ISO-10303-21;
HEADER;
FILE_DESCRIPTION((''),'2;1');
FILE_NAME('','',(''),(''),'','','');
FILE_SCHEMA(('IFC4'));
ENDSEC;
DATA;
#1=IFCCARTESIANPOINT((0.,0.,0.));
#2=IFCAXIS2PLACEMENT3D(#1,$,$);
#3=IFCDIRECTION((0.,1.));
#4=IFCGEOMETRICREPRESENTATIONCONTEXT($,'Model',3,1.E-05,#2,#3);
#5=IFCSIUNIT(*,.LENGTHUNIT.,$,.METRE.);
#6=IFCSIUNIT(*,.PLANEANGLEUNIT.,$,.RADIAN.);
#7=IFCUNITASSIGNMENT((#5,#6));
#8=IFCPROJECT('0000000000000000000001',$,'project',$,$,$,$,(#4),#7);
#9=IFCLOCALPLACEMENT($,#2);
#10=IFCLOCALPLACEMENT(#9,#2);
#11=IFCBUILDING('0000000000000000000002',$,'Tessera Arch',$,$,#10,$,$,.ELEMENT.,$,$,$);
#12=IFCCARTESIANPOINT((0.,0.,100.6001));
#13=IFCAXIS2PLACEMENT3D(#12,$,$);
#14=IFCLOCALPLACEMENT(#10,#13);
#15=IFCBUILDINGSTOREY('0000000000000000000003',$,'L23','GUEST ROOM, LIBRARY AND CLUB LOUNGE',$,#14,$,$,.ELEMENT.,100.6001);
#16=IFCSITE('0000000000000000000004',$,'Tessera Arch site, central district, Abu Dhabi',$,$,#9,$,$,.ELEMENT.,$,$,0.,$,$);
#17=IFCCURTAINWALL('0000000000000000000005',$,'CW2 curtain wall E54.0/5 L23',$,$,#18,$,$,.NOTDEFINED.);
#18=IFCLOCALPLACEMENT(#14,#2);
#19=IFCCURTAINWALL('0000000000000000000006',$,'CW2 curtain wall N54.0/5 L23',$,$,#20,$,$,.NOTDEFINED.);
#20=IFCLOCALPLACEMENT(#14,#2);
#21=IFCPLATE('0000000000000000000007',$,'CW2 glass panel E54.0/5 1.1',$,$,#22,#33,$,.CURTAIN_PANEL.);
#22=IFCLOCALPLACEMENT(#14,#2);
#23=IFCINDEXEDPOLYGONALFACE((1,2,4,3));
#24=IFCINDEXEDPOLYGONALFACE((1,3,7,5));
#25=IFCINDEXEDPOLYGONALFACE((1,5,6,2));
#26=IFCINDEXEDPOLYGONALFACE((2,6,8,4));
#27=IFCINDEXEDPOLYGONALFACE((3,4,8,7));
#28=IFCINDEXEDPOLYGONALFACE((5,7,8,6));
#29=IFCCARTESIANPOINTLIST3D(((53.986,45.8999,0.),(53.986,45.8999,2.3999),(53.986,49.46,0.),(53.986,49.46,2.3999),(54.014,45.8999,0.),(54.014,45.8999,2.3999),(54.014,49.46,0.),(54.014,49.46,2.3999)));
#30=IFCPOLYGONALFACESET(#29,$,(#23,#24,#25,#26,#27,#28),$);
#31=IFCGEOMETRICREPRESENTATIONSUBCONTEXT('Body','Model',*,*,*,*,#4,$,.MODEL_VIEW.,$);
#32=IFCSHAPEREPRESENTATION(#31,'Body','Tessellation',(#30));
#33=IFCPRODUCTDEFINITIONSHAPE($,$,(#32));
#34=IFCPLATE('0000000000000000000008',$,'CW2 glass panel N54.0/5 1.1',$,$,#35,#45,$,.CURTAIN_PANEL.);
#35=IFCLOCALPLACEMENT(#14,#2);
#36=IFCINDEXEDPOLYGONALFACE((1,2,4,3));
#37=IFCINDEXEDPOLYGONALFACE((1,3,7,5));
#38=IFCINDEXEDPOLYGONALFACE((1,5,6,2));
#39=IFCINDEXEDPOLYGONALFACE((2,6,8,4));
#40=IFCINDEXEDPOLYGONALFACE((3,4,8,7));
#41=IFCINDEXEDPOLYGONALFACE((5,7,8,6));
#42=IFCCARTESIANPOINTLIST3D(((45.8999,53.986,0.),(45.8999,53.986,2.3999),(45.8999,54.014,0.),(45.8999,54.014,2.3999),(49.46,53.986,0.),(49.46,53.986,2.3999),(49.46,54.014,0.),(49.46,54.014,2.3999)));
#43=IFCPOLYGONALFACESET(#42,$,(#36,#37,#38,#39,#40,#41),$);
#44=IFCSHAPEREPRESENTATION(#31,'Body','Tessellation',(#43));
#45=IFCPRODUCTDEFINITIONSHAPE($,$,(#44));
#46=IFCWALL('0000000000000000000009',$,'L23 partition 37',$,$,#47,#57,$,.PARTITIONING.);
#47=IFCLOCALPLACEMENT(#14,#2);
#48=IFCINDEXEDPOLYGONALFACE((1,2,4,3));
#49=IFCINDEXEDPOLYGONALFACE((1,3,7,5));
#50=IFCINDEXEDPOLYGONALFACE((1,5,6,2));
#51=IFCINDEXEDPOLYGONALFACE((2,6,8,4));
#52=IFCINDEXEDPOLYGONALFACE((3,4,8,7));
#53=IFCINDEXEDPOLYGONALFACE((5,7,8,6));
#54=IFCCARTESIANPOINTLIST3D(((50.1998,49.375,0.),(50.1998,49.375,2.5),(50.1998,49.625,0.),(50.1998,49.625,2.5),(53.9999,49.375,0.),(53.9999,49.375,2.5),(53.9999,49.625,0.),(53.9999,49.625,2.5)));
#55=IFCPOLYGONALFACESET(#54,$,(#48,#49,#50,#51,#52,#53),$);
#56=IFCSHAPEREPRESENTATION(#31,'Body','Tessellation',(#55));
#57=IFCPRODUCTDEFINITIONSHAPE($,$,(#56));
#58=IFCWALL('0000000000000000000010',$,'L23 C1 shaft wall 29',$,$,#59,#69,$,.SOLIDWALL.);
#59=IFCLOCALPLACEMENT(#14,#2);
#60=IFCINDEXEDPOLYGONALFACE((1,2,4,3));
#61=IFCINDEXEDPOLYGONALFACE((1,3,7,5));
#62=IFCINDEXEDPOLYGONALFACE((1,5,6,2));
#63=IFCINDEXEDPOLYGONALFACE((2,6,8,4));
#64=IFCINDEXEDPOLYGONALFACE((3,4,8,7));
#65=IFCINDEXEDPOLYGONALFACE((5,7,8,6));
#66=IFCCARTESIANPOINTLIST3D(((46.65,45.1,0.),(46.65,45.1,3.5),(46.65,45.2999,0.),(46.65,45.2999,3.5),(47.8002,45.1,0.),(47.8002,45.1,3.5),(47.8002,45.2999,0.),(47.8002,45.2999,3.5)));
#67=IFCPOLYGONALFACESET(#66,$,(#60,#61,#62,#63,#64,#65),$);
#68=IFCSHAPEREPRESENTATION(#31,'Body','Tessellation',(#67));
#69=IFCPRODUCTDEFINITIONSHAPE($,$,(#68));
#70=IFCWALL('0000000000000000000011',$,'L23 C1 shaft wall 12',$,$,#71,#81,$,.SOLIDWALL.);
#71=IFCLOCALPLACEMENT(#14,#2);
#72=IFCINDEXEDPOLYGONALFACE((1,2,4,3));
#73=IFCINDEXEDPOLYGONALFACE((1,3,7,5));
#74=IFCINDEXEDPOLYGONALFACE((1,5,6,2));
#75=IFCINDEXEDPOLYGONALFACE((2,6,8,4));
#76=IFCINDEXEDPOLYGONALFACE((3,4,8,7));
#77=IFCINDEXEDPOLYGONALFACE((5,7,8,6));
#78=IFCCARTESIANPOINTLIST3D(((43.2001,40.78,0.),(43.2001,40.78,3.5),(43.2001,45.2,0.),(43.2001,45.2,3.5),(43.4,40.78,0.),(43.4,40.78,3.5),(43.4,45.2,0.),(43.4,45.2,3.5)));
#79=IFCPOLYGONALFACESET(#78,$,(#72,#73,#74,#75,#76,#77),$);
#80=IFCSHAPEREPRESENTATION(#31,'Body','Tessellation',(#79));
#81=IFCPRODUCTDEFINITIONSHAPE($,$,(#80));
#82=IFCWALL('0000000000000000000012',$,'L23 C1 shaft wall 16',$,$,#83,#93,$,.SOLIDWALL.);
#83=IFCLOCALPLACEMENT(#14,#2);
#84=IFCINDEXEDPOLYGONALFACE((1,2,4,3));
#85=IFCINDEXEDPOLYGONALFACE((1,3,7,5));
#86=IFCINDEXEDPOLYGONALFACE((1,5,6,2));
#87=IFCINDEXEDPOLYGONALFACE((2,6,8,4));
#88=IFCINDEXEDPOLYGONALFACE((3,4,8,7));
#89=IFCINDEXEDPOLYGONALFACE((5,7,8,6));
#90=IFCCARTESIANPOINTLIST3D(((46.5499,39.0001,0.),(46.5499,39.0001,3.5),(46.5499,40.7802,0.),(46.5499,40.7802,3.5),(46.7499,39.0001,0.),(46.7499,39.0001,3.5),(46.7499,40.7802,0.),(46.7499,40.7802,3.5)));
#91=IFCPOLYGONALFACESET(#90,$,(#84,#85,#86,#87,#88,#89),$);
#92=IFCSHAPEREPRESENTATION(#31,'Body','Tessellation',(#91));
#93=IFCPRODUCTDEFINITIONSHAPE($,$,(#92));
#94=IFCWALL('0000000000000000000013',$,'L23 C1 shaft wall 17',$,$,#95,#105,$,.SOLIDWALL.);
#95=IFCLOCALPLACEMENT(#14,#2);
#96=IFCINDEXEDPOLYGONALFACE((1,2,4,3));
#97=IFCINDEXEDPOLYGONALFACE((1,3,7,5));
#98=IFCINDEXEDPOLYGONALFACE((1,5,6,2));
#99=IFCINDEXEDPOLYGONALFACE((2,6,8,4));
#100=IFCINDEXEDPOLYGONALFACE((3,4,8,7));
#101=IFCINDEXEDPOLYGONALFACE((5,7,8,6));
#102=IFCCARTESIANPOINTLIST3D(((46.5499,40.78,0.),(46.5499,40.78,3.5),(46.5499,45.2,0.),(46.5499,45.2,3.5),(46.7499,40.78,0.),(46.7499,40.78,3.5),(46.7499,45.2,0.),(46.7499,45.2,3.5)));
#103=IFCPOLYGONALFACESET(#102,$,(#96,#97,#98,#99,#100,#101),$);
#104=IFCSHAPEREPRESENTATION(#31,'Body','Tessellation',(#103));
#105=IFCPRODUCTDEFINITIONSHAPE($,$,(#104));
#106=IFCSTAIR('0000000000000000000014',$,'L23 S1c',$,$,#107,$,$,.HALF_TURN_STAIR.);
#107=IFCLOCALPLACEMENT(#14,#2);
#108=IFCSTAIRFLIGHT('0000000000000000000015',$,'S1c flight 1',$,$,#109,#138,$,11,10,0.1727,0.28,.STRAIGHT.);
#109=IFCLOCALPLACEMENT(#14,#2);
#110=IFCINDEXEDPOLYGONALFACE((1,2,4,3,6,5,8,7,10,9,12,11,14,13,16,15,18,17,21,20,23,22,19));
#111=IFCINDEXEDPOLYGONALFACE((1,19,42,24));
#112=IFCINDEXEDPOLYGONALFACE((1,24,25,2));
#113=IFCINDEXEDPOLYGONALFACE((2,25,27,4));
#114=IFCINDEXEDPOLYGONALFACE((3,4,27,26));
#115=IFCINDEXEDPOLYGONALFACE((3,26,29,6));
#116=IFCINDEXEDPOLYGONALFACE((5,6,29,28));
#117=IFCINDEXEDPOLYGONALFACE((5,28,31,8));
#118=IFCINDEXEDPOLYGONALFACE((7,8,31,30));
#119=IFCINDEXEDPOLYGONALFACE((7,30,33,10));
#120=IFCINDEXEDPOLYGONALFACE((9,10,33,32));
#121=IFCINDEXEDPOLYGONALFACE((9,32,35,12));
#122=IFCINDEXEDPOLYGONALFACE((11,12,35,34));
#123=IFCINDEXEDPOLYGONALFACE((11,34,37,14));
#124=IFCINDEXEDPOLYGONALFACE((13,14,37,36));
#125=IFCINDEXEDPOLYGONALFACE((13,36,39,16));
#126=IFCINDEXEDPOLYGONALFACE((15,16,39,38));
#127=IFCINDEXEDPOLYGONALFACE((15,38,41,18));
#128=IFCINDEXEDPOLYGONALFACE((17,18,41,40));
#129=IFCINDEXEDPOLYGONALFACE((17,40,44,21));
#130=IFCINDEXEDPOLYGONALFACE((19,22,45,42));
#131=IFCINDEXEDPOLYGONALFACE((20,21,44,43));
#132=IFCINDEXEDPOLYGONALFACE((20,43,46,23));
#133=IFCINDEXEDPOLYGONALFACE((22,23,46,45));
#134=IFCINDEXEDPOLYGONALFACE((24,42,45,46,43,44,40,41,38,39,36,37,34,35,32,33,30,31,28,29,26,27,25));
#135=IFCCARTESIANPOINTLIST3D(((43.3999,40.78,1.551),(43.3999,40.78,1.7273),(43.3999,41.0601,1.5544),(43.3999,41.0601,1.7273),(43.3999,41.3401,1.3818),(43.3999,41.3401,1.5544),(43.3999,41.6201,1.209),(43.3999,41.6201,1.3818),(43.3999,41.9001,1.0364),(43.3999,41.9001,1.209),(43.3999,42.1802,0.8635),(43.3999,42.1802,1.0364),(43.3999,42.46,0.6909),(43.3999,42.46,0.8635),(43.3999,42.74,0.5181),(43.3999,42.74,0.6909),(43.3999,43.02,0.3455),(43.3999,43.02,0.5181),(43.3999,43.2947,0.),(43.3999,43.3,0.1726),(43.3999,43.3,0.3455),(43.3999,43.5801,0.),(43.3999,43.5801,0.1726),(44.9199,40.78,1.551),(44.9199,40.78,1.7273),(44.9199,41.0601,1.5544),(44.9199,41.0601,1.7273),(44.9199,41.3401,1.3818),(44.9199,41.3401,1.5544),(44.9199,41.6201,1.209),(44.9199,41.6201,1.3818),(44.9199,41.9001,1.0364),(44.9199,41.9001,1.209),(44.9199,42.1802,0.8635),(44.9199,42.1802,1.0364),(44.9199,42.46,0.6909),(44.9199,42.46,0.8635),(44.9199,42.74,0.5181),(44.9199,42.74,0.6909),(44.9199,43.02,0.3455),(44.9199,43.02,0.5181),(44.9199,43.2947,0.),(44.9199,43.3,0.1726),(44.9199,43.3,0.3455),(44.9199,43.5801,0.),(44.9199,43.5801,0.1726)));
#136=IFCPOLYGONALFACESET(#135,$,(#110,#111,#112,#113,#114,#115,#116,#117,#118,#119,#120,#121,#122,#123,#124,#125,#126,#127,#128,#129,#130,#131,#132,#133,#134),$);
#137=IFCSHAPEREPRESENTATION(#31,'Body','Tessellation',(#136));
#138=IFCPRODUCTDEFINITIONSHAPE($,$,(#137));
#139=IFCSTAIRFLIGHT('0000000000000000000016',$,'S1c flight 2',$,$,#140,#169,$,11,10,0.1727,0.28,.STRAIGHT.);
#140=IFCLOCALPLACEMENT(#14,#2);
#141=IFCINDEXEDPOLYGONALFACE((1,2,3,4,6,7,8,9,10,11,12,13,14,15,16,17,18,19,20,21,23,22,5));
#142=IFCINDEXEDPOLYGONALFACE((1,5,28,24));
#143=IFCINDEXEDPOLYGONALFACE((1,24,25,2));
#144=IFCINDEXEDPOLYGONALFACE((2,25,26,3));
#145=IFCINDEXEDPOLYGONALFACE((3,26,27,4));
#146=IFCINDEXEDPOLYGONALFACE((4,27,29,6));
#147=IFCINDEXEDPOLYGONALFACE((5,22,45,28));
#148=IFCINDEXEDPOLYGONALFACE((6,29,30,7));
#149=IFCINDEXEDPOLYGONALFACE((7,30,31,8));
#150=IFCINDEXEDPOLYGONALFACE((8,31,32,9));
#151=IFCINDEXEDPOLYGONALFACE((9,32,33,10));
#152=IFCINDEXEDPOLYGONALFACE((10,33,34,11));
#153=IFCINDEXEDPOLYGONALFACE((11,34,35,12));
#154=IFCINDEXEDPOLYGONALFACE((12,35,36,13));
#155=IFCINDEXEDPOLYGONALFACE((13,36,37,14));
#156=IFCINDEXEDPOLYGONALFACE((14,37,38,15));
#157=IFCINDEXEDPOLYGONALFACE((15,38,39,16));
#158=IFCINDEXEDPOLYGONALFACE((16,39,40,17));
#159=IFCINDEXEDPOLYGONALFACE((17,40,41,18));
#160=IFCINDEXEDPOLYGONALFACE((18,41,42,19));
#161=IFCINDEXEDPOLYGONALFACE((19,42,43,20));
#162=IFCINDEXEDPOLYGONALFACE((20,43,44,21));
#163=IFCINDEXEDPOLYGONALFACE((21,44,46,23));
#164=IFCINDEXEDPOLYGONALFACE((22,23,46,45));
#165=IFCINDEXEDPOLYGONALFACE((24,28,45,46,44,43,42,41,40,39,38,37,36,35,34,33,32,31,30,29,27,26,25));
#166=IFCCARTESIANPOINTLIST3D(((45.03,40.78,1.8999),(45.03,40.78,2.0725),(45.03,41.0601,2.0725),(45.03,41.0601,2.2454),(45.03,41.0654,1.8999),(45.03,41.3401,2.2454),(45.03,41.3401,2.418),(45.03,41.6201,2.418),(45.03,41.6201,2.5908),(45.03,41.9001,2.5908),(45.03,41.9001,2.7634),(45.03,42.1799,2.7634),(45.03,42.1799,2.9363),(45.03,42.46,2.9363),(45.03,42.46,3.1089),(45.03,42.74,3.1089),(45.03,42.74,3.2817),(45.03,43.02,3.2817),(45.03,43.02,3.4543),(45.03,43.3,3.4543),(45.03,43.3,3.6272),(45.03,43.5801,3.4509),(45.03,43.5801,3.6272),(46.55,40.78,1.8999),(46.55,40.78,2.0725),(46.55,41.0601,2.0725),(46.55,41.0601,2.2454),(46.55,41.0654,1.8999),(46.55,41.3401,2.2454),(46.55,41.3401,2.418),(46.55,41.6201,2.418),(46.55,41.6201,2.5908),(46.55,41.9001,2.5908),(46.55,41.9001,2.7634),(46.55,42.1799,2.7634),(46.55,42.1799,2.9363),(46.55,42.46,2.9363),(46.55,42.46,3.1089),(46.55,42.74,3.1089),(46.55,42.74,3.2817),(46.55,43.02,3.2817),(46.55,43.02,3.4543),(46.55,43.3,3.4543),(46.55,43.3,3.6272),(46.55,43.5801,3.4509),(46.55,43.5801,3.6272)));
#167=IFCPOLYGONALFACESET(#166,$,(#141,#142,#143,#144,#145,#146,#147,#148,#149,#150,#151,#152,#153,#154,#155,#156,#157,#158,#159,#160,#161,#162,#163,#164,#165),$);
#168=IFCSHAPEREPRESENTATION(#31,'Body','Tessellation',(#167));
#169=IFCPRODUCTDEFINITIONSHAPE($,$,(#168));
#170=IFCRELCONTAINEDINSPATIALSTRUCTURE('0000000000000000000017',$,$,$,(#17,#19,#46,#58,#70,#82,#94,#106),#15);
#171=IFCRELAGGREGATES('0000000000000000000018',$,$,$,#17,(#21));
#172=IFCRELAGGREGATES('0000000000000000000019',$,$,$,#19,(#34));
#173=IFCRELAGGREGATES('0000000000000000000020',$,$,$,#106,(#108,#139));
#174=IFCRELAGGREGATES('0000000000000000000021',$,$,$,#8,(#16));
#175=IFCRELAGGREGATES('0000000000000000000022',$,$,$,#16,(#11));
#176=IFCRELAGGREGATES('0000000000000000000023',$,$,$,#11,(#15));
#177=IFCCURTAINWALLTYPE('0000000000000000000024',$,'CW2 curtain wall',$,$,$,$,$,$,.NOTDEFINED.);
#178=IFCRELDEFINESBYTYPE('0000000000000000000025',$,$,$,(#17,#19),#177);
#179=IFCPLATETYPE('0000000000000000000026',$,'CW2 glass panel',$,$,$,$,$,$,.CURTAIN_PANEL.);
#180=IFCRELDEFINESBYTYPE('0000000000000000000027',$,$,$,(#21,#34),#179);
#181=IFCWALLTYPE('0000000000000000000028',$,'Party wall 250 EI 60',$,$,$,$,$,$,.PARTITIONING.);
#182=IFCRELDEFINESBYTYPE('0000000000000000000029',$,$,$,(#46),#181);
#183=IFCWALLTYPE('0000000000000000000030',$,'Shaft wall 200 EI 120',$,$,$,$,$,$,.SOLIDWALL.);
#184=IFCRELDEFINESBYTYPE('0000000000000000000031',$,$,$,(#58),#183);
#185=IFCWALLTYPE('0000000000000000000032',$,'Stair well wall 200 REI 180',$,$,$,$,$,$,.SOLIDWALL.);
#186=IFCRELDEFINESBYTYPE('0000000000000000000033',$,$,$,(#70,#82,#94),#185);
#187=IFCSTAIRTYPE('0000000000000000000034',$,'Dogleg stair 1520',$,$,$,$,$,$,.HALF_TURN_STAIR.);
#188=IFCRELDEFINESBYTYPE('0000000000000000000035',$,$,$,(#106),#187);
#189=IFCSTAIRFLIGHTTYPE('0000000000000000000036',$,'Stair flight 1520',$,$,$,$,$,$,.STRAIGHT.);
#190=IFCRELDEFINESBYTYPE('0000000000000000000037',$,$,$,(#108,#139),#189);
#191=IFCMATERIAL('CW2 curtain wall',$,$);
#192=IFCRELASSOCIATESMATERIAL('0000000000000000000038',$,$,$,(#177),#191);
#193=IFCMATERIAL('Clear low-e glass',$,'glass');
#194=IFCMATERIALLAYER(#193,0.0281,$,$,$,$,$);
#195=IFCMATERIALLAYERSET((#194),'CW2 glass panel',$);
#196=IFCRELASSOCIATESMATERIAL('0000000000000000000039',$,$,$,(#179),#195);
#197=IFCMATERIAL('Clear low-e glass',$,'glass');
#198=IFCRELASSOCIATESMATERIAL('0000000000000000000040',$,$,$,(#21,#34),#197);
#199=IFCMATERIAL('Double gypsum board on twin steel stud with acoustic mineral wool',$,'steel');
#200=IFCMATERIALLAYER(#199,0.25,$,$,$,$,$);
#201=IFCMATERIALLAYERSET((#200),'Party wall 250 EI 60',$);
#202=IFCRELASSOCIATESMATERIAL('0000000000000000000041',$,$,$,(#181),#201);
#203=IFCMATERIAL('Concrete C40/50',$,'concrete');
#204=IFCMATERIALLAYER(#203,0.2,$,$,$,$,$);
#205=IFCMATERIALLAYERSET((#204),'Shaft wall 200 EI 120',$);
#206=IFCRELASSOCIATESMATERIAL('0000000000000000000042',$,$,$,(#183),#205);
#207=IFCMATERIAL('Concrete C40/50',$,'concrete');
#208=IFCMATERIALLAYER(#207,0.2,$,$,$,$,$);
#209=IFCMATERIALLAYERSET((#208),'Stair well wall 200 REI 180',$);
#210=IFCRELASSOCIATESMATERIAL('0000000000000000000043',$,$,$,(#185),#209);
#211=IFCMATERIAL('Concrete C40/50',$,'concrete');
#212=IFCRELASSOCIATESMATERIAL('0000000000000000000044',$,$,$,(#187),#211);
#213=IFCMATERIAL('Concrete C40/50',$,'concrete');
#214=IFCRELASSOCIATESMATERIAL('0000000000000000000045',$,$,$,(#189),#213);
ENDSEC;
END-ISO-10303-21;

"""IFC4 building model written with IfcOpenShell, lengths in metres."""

from ifc_helpers import new_model, si_unit, direction, frame, frame_2d, origin, origin_2d, place, context, subcontext, project, spatial, polyline, rectangle, outline, extrude, material, layer, layer_set, type_object, element, aggregate, save


model = new_model("IFC4")

# Units and contexts
model_context = context("Model", 3, precision=1e-05, world=origin(), true_north=direction((0.0, 1.0)))
body_context = subcontext(model_context, "Body", "Model", "MODEL_VIEW")
ifc_project = project(units=[si_unit("LENGTHUNIT", "METRE"), si_unit("PLANEANGLEUNIT", "RADIAN")], contexts=[model_context])

# Site, building, storey
site_placement = place(None, origin())
site = spatial("IfcSite", under=ifc_project, at=site_placement, Name="Tessera Arch site, central district, Abu Dhabi", CompositionType="ELEMENT", RefElevation=0.0)
building_placement = place(site_placement, origin())
building = spatial("IfcBuilding", under=site, at=building_placement, Name="Tessera Arch", CompositionType="ELEMENT")
storey_placement = place(building_placement, frame((0.0, 0.0, 100.6001)))
storey = spatial("IfcBuildingStorey", under=building, at=storey_placement, Name="L23", Description="GUEST ROOM, LIBRARY AND CLUB LOUNGE", CompositionType="ELEMENT", Elevation=100.6001)

# Curtain walls
ifc_material_1 = material(Name="CW2 curtain wall")
curtain_wall_type_1 = type_object("IfcCurtainWallType", Name="CW2 curtain wall", PredefinedType="NOTDEFINED", material=ifc_material_1)
curtain_wall_1_placement = place(storey_placement, origin())
curtain_wall_1 = element("IfcCurtainWall", 1, at=curtain_wall_1_placement, inside=storey, type_object=curtain_wall_type_1, Name="CW2 curtain wall E54.0/5 L23", PredefinedType="NOTDEFINED")
curtain_wall_2_placement = place(storey_placement, origin())
curtain_wall_2 = element("IfcCurtainWall", 2, at=curtain_wall_2_placement, inside=storey, type_object=curtain_wall_type_1, Name="CW2 curtain wall N54.0/5 L23", PredefinedType="NOTDEFINED")

# Plates
ifc_material_2 = material(Name="Clear low-e glass", Category="glass")
ifc_material_3 = material(Name="Clear low-e glass", Category="glass")
ifc_layer_1 = layer(ifc_material_3, 0.0281)
ifc_layer_set_1 = layer_set([ifc_layer_1], Name="CW2 glass panel")
plate_type_1 = type_object("IfcPlateType", Name="CW2 glass panel", PredefinedType="CURTAIN_PANEL", material=ifc_layer_set_1)
plate_1_placement = place(storey_placement, frame((54.0, 47.6799, 0.0), z_axis=(0.0, 0.0, 1.0), x_axis=(0.0, 1.0, 0.0)))
plate_1 = element("IfcPlate", 3, at=plate_1_placement, type_object=plate_type_1, material=ifc_material_2, Name="CW2 glass panel E54.0/5 1.1", PredefinedType="CURTAIN_PANEL", context=body_context, shape_type="SweptSolid", body=[
    extrude(rectangle(XDim=3.5601, YDim=0.0281, at=origin_2d()), origin(), (0.0, 0.0, 1.0), 2.3999),
])
aggregate(curtain_wall_1, [plate_1])
plate_2_placement = place(storey_placement, frame((47.6799, 54.0, 0.0), z_axis=(0.0, 0.0, 1.0), x_axis=(-1.0, 0.0, 0.0)))
plate_2 = element("IfcPlate", 4, at=plate_2_placement, type_object=plate_type_1, material=ifc_material_2, Name="CW2 glass panel N54.0/5 1.1", PredefinedType="CURTAIN_PANEL", context=body_context, shape_type="SweptSolid", body=[
    extrude(rectangle(XDim=3.5601, YDim=0.0281, at=origin_2d()), origin(), (0.0, 0.0, 1.0), 2.3999),
])
aggregate(curtain_wall_2, [plate_2])

# Walls
ifc_material_4 = material(Name="Double gypsum board on twin steel stud with acoustic mineral wool", Category="steel")
ifc_layer_2 = layer(ifc_material_4, 0.25)
ifc_layer_set_2 = layer_set([ifc_layer_2], Name="Party wall 250 EI 60")
wall_type_1 = type_object("IfcWallType", Name="Party wall 250 EI 60", PredefinedType="PARTITIONING", material=ifc_layer_set_2)
wall_1_placement = place(storey_placement, frame((50.2, 49.5, 0.0), z_axis=(0.0, 0.0, 1.0), x_axis=(1.0, 0.0, 0.0)))
element("IfcWall", 5, at=wall_1_placement, inside=storey, type_object=wall_type_1, Name="L23 partition 37", PredefinedType="PARTITIONING", context=body_context, shape_type="SweptSolid", body=[
    extrude(rectangle(XDim=3.8, YDim=0.25, at=frame_2d((1.8999, 0.0))), origin(), (0.0, 0.0, 1.0), 2.5),
])
ifc_material_5 = material(Name="Concrete C40/50", Category="concrete")
ifc_layer_3 = layer(ifc_material_5, 0.2)
ifc_layer_set_3 = layer_set([ifc_layer_3], Name="Shaft wall 200 EI 120")
wall_type_2 = type_object("IfcWallType", Name="Shaft wall 200 EI 120", PredefinedType="SOLIDWALL", material=ifc_layer_set_3)
wall_2_placement = place(storey_placement, frame((46.6499, 45.2, 0.0), z_axis=(0.0, 0.0, 1.0), x_axis=(1.0, 0.0, 0.0)))
element("IfcWall", 6, at=wall_2_placement, inside=storey, type_object=wall_type_2, Name="L23 C1 shaft wall 29", PredefinedType="SOLIDWALL", context=body_context, shape_type="SweptSolid", body=[
    extrude(rectangle(XDim=1.1501, YDim=0.2, at=frame_2d((0.5752, 0.0))), origin(), (0.0, 0.0, 1.0), 3.5),
])
ifc_material_6 = material(Name="Concrete C40/50", Category="concrete")
ifc_layer_4 = layer(ifc_material_6, 0.2)
ifc_layer_set_4 = layer_set([ifc_layer_4], Name="Stair well wall 200 REI 180")
wall_type_3 = type_object("IfcWallType", Name="Stair well wall 200 REI 180", PredefinedType="SOLIDWALL", material=ifc_layer_set_4)
wall_3_placement = place(storey_placement, frame((43.3, 40.78, 0.0), z_axis=(0.0, 0.0, 1.0), x_axis=(0.0, 1.0, 0.0)))
element("IfcWall", 7, at=wall_3_placement, inside=storey, type_object=wall_type_3, Name="L23 C1 shaft wall 12", PredefinedType="SOLIDWALL", context=body_context, shape_type="SweptSolid", body=[
    extrude(rectangle(XDim=4.4199, YDim=0.2, at=frame_2d((2.21, 0.0))), origin(), (0.0, 0.0, 1.0), 3.5),
])
wall_4_placement = place(storey_placement, frame((46.6499, 39.0, 0.0), z_axis=(0.0, 0.0, 1.0), x_axis=(0.0, 1.0, 0.0)))
element("IfcWall", 8, at=wall_4_placement, inside=storey, type_object=wall_type_3, Name="L23 C1 shaft wall 16", PredefinedType="SOLIDWALL", context=body_context, shape_type="SweptSolid", body=[
    extrude(rectangle(XDim=1.78, YDim=0.2, at=frame_2d((0.8901, 0.0))), origin(), (0.0, 0.0, 1.0), 3.5),
])
wall_5_placement = place(storey_placement, frame((46.6499, 40.78, 0.0), z_axis=(0.0, 0.0, 1.0), x_axis=(0.0, 1.0, 0.0)))
element("IfcWall", 9, at=wall_5_placement, inside=storey, type_object=wall_type_3, Name="L23 C1 shaft wall 17", PredefinedType="SOLIDWALL", context=body_context, shape_type="SweptSolid", body=[
    extrude(rectangle(XDim=4.4199, YDim=0.2, at=frame_2d((2.21, 0.0))), origin(), (0.0, 0.0, 1.0), 3.5),
])

# Stair, stair flights
ifc_material_7 = material(Name="Concrete C40/50", Category="concrete")
stair_type = type_object("IfcStairType", Name="Dogleg stair 1520", PredefinedType="HALF_TURN_STAIR", material=ifc_material_7)
stair_placement = place(storey_placement, origin())
stair = element("IfcStair", 10, at=stair_placement, inside=storey, type_object=stair_type, Name="L23 S1c", PredefinedType="HALF_TURN_STAIR")
ifc_material_8 = material(Name="Concrete C40/50", Category="concrete")
stair_flight_type = type_object("IfcStairFlightType", Name="Stair flight 1520", PredefinedType="STRAIGHT", material=ifc_material_8)
stair_flight_1_placement = place(storey_placement, frame((44.1599, 43.5801, 0.0), z_axis=(0.0, 0.0, 1.0), x_axis=(0.0, -1.0, 0.0)))
stair_flight_1 = element("IfcStairFlight", 11, at=stair_flight_1_placement, type_object=stair_flight_type, Name="S1c flight 1", NumberOfRisers=11, NumberOfTreads=10, PredefinedType="STRAIGHT", RiserHeight=0.1727, TreadLength=0.28, context=body_context, shape_type="SweptSolid", body=[
    extrude(outline(polyline([(0.0, 0.0), (0.0, 0.1726), (0.28, 0.1726), (0.28, 0.3455), (0.5601, 0.3455), (0.5601, 0.5181), (0.8401, 0.5181), (0.8401, 0.6909), (1.1201, 0.6909), (1.1201, 0.8635), (1.3999, 0.8635), (1.3999, 1.0364), (1.6799, 1.0364), (1.6799, 1.209), (1.96, 1.209), (1.96, 1.3818), (2.24, 1.3818), (2.24, 1.5544), (2.52, 1.5544), (2.52, 1.7273), (2.8, 1.7273), (2.8, 1.8999), (2.8, 1.551), (0.2854, 0.0), (0.0, 0.0)])), frame((0.0, 0.76, 0.0), z_axis=(0.0, -1.0, 0.0), x_axis=(1.0, 0.0, 0.0)), (0.0, 0.0, 1.0), 1.52),
])
stair_flight_2_placement = place(storey_placement, frame((45.79, 40.78, 1.8999), z_axis=(0.0, 0.0, 1.0), x_axis=(0.0, 1.0, 0.0)))
stair_flight_2 = element("IfcStairFlight", 12, at=stair_flight_2_placement, type_object=stair_flight_type, Name="S1c flight 2", NumberOfRisers=11, NumberOfTreads=10, PredefinedType="STRAIGHT", RiserHeight=0.1727, TreadLength=0.28, context=body_context, shape_type="SweptSolid", body=[
    extrude(outline(polyline([(0.0, 0.0), (0.0, 0.1726), (0.28, 0.1726), (0.28, 0.3455), (0.5601, 0.3455), (0.5601, 0.5181), (0.8401, 0.5181), (0.8401, 0.6909), (1.1201, 0.6909), (1.1201, 0.8635), (1.3999, 0.8635), (1.3999, 1.0364), (1.6799, 1.0364), (1.6799, 1.209), (1.96, 1.209), (1.96, 1.3818), (2.24, 1.3818), (2.24, 1.5544), (2.52, 1.5544), (2.52, 1.7273), (2.8, 1.7273), (2.8, 1.8999), (2.8, 1.551), (0.2854, 0.0), (0.0, 0.0)])), frame((0.0, 0.76, 0.0), z_axis=(0.0, -1.0, 0.0), x_axis=(1.0, 0.0, 0.0)), (0.0, 0.0, 1.0), 1.52),
])
aggregate(stair, [stair_flight_1, stair_flight_2])

save(model, "model.ifc")
